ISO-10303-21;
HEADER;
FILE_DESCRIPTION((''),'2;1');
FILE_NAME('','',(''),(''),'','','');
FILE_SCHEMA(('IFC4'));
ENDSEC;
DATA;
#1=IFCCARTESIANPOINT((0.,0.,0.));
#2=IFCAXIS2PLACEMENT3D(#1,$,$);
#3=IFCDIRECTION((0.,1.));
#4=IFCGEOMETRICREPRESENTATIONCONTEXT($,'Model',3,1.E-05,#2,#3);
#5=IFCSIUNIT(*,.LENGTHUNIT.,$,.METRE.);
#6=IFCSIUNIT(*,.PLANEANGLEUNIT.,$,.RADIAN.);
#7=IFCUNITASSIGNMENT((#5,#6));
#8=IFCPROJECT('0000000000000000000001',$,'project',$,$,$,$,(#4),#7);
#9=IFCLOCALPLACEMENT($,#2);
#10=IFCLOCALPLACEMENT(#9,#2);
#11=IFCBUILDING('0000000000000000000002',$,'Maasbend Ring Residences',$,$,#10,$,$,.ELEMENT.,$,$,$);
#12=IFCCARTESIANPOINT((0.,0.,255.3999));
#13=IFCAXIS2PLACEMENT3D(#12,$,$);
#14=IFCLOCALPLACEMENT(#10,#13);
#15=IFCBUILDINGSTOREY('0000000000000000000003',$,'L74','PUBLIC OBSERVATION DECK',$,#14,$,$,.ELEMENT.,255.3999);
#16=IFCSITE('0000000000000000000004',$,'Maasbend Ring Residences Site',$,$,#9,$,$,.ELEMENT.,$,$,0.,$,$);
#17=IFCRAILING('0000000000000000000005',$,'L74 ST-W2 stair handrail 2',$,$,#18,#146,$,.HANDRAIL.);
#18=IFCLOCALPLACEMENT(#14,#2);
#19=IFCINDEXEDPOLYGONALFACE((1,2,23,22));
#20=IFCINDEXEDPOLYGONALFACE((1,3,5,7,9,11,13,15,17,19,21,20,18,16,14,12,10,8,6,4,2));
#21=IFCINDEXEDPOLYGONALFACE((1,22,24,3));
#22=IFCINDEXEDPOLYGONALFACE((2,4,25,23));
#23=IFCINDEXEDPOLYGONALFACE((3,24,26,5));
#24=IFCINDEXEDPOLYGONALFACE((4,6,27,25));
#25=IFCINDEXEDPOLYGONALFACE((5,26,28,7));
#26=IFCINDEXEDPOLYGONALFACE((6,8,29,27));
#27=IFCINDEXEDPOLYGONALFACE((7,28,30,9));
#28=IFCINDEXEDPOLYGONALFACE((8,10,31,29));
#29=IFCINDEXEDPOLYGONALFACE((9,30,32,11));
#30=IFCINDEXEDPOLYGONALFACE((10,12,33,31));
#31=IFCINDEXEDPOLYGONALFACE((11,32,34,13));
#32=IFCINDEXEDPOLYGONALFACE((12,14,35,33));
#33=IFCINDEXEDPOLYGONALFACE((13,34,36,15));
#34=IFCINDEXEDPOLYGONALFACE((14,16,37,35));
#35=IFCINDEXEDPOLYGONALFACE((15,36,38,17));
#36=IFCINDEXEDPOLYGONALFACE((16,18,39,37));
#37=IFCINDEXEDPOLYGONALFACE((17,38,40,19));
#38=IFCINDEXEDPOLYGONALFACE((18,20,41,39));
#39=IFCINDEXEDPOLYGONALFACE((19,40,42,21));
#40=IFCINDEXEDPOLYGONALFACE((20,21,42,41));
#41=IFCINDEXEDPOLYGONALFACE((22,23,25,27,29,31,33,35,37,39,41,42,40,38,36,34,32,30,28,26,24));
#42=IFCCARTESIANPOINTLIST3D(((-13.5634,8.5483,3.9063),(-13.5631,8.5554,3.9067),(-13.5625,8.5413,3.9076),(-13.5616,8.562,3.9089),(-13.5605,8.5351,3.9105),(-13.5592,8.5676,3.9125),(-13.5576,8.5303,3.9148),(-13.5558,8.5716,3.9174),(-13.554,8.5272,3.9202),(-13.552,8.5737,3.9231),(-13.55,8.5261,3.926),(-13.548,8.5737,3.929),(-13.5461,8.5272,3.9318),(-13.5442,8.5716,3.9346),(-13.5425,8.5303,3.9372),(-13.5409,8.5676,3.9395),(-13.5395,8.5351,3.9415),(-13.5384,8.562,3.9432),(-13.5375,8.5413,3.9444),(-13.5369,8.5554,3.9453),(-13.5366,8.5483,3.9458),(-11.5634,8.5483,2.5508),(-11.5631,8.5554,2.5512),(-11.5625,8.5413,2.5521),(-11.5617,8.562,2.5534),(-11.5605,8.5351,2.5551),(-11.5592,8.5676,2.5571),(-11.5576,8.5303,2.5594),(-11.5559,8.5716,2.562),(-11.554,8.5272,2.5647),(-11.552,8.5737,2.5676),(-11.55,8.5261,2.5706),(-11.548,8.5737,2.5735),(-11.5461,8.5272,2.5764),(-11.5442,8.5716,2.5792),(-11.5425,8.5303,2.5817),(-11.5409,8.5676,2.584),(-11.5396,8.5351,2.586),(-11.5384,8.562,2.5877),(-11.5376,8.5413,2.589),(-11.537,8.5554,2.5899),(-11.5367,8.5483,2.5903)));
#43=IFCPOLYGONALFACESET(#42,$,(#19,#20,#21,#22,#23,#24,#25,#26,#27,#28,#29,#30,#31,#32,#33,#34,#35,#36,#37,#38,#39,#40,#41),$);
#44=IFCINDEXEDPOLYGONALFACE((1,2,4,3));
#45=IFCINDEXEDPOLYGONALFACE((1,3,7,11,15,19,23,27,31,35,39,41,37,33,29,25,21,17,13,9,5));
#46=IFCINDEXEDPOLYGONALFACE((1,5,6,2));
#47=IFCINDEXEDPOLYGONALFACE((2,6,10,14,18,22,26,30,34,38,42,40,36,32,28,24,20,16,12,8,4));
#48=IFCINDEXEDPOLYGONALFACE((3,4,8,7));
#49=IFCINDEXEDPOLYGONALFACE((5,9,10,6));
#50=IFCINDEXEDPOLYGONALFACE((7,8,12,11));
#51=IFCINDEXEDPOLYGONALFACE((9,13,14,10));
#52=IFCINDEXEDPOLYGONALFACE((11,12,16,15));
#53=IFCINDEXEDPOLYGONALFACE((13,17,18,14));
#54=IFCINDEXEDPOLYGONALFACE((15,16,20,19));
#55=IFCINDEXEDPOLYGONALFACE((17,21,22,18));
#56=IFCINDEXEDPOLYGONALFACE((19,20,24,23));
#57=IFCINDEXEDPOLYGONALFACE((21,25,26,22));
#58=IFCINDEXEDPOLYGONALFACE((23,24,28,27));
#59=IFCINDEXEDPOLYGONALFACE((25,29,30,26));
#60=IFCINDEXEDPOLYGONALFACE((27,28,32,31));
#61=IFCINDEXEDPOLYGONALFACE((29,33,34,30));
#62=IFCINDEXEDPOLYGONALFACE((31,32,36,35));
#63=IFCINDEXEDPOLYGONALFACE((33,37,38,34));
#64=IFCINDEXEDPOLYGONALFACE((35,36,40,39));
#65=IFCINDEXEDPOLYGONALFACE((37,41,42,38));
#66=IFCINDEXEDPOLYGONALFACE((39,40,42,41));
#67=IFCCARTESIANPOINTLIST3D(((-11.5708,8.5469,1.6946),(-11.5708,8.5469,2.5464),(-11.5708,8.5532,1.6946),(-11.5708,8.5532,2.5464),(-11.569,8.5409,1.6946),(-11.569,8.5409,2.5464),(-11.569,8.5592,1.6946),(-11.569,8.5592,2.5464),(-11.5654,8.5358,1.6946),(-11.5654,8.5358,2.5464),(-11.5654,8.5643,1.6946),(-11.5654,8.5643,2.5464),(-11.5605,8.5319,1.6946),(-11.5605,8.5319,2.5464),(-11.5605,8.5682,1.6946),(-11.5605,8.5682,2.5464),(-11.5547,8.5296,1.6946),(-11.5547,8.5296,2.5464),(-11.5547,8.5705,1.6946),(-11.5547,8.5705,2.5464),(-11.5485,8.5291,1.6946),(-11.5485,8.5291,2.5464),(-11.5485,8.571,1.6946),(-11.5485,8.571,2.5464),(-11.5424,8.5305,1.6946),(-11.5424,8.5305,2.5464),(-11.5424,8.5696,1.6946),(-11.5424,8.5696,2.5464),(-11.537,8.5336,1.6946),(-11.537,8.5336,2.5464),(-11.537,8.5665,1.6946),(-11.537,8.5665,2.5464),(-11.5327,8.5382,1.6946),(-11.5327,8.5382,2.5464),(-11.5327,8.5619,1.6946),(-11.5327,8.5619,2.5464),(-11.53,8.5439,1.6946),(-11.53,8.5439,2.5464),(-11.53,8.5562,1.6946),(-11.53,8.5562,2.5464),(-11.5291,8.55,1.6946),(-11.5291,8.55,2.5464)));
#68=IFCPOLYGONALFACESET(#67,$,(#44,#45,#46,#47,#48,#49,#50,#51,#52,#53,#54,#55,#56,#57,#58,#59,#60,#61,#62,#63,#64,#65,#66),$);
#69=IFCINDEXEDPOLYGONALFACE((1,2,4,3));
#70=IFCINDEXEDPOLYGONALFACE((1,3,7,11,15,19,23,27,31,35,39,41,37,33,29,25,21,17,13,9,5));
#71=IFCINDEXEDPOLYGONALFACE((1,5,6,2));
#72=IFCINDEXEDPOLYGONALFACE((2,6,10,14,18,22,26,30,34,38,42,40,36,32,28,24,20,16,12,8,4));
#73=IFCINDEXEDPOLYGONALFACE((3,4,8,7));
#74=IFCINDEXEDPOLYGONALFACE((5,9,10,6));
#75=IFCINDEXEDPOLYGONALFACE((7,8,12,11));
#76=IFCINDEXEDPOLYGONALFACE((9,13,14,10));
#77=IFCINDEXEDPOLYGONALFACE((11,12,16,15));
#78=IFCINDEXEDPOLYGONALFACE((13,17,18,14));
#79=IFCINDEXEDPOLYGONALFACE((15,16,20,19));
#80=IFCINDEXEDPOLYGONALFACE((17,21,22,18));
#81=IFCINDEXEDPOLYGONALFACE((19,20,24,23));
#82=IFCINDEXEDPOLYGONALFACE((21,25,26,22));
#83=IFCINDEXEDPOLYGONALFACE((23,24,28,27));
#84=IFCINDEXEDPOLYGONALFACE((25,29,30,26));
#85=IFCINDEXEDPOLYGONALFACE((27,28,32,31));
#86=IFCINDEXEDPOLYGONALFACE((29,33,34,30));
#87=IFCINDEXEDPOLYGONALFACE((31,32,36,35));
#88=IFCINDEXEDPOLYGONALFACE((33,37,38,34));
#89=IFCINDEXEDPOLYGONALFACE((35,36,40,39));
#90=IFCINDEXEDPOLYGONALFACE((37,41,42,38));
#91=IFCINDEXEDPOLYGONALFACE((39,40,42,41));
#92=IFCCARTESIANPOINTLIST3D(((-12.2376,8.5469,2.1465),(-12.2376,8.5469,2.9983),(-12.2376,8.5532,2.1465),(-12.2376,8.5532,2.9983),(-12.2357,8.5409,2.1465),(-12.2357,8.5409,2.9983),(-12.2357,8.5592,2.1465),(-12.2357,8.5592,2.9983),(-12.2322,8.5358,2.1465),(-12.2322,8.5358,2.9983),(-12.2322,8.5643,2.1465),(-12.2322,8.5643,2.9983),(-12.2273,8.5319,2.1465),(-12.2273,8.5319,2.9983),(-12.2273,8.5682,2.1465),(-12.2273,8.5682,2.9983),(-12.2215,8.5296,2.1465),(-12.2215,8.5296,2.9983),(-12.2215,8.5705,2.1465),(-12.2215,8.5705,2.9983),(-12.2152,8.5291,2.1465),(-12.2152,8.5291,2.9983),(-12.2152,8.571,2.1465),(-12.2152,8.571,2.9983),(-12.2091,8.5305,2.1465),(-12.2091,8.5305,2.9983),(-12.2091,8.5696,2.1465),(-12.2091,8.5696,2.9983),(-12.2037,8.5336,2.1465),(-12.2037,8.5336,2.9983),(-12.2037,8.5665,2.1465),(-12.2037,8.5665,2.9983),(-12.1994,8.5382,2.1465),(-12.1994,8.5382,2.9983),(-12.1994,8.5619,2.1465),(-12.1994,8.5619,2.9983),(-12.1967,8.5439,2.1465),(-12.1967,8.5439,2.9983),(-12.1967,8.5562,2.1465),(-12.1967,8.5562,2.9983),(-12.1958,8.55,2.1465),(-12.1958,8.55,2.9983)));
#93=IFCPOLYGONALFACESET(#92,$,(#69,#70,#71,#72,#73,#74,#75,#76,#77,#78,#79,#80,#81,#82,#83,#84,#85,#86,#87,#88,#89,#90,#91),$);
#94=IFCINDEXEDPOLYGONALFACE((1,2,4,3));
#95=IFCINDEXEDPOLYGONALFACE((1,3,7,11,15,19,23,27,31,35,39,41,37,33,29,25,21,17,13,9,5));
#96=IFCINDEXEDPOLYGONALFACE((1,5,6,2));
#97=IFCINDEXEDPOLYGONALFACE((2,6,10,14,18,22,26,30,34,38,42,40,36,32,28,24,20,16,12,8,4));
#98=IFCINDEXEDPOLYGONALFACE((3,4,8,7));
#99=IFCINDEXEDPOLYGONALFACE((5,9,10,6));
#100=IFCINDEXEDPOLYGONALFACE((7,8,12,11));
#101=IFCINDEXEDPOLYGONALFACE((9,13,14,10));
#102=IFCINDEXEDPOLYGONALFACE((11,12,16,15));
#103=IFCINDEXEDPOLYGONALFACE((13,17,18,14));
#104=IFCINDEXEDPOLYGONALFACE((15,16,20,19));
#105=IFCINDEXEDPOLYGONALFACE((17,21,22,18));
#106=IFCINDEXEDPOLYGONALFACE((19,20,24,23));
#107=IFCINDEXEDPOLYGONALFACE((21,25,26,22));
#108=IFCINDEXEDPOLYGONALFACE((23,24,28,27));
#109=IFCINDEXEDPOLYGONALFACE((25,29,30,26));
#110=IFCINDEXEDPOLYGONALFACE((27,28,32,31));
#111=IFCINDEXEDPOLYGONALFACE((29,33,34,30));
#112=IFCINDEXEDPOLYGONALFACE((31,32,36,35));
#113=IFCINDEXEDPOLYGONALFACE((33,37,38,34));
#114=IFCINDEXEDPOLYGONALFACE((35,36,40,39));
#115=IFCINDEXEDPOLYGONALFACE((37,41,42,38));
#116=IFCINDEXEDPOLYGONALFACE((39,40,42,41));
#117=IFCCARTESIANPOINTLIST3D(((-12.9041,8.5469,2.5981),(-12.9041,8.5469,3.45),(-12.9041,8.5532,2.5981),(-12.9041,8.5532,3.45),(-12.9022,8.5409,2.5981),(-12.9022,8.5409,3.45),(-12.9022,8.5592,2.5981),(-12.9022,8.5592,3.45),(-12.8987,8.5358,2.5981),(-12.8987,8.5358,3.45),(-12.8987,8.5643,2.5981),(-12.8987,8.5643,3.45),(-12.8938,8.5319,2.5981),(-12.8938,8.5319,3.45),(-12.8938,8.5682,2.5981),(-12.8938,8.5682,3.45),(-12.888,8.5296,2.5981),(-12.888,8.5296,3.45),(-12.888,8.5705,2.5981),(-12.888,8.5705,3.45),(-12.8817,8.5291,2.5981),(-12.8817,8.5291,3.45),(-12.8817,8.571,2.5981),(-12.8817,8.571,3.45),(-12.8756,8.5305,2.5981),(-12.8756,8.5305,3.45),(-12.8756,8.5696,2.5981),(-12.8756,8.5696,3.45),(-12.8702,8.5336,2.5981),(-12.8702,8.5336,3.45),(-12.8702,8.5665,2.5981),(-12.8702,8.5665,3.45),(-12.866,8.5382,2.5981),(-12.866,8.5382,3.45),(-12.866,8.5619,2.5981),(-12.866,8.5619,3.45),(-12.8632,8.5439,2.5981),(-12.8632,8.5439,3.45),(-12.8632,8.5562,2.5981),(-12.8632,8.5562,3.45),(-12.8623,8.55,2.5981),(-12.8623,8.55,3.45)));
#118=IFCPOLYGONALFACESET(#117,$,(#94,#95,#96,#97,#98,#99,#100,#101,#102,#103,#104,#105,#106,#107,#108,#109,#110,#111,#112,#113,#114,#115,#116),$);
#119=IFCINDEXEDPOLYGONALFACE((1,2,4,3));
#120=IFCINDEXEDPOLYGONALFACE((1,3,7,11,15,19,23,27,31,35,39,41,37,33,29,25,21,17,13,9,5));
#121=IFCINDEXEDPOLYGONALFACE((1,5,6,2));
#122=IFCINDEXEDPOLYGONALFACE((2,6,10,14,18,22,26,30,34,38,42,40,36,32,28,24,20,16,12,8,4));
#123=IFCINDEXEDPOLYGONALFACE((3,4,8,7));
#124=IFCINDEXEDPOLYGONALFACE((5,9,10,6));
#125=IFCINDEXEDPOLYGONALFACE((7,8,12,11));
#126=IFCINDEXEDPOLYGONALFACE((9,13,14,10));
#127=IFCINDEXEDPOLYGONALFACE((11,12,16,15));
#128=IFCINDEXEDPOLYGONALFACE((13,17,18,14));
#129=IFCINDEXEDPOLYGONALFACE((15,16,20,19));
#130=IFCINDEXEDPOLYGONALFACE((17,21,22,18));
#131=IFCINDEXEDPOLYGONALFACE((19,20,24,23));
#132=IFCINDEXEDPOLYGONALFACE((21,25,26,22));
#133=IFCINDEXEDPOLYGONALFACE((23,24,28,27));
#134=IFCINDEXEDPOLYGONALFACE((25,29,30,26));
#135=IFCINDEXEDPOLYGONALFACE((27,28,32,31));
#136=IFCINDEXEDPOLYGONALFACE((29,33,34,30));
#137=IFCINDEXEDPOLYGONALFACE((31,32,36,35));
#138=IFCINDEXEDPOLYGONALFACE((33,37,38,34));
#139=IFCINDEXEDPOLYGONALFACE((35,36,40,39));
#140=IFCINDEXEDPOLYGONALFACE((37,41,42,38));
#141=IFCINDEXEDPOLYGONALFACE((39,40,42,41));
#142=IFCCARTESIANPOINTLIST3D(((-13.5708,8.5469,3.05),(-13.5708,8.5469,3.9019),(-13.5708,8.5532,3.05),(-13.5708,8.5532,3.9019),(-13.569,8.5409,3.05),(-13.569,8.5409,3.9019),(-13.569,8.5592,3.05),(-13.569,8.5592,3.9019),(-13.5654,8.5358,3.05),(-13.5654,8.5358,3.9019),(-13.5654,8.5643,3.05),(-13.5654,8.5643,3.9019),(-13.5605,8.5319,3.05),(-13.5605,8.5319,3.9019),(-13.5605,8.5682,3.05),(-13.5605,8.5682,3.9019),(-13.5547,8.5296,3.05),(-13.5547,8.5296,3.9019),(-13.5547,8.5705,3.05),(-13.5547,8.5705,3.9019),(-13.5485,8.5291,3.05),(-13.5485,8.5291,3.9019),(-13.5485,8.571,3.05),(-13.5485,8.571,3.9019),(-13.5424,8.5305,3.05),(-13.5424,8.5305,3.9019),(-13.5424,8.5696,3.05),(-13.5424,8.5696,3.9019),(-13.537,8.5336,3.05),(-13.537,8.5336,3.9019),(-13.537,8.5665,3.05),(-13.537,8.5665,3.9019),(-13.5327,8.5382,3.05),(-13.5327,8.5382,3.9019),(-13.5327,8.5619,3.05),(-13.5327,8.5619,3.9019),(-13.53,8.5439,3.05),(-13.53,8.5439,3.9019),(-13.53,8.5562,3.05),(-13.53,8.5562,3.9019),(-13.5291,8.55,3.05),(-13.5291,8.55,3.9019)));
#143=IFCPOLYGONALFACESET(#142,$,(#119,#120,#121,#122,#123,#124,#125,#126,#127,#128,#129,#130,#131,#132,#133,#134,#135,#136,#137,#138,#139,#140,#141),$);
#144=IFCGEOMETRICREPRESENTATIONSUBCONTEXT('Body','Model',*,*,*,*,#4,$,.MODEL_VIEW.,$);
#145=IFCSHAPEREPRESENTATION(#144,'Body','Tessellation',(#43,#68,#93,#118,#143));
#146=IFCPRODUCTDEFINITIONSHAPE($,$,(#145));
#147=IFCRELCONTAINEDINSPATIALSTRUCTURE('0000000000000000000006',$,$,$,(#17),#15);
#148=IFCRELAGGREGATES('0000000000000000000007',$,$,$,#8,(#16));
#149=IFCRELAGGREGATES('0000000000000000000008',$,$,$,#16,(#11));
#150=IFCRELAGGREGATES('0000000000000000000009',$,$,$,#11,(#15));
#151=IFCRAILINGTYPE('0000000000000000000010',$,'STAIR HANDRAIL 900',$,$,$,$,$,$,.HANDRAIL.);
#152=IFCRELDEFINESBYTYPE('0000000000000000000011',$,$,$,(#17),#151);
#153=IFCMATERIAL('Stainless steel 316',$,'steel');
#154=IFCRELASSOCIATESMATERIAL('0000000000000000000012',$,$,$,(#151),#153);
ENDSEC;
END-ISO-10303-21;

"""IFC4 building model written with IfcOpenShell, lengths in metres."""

from ifc_helpers import new_model, si_unit, direction, frame, origin, origin_2d, place, context, subcontext, project, spatial, circle, extrude, material, type_object, element, save


model = new_model("IFC4")

# Units and contexts
model_context = context("Model", 3, precision=1e-05, world=origin(), true_north=direction((0.0, 1.0)))
body_context = subcontext(model_context, "Body", "Model", "MODEL_VIEW")
ifc_project = project(units=[si_unit("LENGTHUNIT", "METRE"), si_unit("PLANEANGLEUNIT", "RADIAN")], contexts=[model_context])

# Site, building, storey
site_placement = place(None, origin())
site = spatial("IfcSite", under=ifc_project, at=site_placement, Name="Maasbend Ring Residences Site", CompositionType="ELEMENT", RefElevation=0.0)
building_placement = place(site_placement, origin())
building = spatial("IfcBuilding", under=site, at=building_placement, Name="Maasbend Ring Residences", CompositionType="ELEMENT")
storey_placement = place(building_placement, frame((0.0, 0.0, 255.3999)))
storey = spatial("IfcBuildingStorey", under=building, at=storey_placement, Name="L74", Description="PUBLIC OBSERVATION DECK", CompositionType="ELEMENT", Elevation=255.3999)

# Railing
ifc_material_1 = material(Name="Stainless steel 316", Category="steel")
railing_type_1 = type_object("IfcRailingType", Name="STAIR HANDRAIL 900", PredefinedType="HANDRAIL", material=ifc_material_1)
railing_1_placement = place(storey_placement, frame((-11.55, 8.55, 1.6946)))
element("IfcRailing", 1, at=railing_1_placement, inside=storey, type_object=railing_type_1, Name="L74 ST-W2 stair handrail 2", PredefinedType="HANDRAIL", context=body_context, shape_type="SweptSolid", body=[
    extrude(circle(Radius=0.0239, at=origin_2d()), frame((0.0, 0.0, 0.876), z_axis=(-0.827798, 0.0, 0.561027), x_axis=(0.0, -1.0, 0.0)), (0.0, 0.0, 1.0), 2.416),
    extrude(circle(Radius=0.021, at=origin_2d()), origin(), (0.0, 0.0, 1.0), 0.8518),
    extrude(circle(Radius=0.021, at=origin_2d()), frame((-0.6667, 0.0, 0.4519)), (0.0, 0.0, 1.0), 0.8518),
    extrude(circle(Radius=0.021, at=origin_2d()), frame((-1.3333, 0.0, 0.9036)), (0.0, 0.0, 1.0), 0.8518),
    extrude(circle(Radius=0.021, at=origin_2d()), frame((-2.0, 0.0, 1.3555)), (0.0, 0.0, 1.0), 0.8518),
])

save(model, "model.ifc")
